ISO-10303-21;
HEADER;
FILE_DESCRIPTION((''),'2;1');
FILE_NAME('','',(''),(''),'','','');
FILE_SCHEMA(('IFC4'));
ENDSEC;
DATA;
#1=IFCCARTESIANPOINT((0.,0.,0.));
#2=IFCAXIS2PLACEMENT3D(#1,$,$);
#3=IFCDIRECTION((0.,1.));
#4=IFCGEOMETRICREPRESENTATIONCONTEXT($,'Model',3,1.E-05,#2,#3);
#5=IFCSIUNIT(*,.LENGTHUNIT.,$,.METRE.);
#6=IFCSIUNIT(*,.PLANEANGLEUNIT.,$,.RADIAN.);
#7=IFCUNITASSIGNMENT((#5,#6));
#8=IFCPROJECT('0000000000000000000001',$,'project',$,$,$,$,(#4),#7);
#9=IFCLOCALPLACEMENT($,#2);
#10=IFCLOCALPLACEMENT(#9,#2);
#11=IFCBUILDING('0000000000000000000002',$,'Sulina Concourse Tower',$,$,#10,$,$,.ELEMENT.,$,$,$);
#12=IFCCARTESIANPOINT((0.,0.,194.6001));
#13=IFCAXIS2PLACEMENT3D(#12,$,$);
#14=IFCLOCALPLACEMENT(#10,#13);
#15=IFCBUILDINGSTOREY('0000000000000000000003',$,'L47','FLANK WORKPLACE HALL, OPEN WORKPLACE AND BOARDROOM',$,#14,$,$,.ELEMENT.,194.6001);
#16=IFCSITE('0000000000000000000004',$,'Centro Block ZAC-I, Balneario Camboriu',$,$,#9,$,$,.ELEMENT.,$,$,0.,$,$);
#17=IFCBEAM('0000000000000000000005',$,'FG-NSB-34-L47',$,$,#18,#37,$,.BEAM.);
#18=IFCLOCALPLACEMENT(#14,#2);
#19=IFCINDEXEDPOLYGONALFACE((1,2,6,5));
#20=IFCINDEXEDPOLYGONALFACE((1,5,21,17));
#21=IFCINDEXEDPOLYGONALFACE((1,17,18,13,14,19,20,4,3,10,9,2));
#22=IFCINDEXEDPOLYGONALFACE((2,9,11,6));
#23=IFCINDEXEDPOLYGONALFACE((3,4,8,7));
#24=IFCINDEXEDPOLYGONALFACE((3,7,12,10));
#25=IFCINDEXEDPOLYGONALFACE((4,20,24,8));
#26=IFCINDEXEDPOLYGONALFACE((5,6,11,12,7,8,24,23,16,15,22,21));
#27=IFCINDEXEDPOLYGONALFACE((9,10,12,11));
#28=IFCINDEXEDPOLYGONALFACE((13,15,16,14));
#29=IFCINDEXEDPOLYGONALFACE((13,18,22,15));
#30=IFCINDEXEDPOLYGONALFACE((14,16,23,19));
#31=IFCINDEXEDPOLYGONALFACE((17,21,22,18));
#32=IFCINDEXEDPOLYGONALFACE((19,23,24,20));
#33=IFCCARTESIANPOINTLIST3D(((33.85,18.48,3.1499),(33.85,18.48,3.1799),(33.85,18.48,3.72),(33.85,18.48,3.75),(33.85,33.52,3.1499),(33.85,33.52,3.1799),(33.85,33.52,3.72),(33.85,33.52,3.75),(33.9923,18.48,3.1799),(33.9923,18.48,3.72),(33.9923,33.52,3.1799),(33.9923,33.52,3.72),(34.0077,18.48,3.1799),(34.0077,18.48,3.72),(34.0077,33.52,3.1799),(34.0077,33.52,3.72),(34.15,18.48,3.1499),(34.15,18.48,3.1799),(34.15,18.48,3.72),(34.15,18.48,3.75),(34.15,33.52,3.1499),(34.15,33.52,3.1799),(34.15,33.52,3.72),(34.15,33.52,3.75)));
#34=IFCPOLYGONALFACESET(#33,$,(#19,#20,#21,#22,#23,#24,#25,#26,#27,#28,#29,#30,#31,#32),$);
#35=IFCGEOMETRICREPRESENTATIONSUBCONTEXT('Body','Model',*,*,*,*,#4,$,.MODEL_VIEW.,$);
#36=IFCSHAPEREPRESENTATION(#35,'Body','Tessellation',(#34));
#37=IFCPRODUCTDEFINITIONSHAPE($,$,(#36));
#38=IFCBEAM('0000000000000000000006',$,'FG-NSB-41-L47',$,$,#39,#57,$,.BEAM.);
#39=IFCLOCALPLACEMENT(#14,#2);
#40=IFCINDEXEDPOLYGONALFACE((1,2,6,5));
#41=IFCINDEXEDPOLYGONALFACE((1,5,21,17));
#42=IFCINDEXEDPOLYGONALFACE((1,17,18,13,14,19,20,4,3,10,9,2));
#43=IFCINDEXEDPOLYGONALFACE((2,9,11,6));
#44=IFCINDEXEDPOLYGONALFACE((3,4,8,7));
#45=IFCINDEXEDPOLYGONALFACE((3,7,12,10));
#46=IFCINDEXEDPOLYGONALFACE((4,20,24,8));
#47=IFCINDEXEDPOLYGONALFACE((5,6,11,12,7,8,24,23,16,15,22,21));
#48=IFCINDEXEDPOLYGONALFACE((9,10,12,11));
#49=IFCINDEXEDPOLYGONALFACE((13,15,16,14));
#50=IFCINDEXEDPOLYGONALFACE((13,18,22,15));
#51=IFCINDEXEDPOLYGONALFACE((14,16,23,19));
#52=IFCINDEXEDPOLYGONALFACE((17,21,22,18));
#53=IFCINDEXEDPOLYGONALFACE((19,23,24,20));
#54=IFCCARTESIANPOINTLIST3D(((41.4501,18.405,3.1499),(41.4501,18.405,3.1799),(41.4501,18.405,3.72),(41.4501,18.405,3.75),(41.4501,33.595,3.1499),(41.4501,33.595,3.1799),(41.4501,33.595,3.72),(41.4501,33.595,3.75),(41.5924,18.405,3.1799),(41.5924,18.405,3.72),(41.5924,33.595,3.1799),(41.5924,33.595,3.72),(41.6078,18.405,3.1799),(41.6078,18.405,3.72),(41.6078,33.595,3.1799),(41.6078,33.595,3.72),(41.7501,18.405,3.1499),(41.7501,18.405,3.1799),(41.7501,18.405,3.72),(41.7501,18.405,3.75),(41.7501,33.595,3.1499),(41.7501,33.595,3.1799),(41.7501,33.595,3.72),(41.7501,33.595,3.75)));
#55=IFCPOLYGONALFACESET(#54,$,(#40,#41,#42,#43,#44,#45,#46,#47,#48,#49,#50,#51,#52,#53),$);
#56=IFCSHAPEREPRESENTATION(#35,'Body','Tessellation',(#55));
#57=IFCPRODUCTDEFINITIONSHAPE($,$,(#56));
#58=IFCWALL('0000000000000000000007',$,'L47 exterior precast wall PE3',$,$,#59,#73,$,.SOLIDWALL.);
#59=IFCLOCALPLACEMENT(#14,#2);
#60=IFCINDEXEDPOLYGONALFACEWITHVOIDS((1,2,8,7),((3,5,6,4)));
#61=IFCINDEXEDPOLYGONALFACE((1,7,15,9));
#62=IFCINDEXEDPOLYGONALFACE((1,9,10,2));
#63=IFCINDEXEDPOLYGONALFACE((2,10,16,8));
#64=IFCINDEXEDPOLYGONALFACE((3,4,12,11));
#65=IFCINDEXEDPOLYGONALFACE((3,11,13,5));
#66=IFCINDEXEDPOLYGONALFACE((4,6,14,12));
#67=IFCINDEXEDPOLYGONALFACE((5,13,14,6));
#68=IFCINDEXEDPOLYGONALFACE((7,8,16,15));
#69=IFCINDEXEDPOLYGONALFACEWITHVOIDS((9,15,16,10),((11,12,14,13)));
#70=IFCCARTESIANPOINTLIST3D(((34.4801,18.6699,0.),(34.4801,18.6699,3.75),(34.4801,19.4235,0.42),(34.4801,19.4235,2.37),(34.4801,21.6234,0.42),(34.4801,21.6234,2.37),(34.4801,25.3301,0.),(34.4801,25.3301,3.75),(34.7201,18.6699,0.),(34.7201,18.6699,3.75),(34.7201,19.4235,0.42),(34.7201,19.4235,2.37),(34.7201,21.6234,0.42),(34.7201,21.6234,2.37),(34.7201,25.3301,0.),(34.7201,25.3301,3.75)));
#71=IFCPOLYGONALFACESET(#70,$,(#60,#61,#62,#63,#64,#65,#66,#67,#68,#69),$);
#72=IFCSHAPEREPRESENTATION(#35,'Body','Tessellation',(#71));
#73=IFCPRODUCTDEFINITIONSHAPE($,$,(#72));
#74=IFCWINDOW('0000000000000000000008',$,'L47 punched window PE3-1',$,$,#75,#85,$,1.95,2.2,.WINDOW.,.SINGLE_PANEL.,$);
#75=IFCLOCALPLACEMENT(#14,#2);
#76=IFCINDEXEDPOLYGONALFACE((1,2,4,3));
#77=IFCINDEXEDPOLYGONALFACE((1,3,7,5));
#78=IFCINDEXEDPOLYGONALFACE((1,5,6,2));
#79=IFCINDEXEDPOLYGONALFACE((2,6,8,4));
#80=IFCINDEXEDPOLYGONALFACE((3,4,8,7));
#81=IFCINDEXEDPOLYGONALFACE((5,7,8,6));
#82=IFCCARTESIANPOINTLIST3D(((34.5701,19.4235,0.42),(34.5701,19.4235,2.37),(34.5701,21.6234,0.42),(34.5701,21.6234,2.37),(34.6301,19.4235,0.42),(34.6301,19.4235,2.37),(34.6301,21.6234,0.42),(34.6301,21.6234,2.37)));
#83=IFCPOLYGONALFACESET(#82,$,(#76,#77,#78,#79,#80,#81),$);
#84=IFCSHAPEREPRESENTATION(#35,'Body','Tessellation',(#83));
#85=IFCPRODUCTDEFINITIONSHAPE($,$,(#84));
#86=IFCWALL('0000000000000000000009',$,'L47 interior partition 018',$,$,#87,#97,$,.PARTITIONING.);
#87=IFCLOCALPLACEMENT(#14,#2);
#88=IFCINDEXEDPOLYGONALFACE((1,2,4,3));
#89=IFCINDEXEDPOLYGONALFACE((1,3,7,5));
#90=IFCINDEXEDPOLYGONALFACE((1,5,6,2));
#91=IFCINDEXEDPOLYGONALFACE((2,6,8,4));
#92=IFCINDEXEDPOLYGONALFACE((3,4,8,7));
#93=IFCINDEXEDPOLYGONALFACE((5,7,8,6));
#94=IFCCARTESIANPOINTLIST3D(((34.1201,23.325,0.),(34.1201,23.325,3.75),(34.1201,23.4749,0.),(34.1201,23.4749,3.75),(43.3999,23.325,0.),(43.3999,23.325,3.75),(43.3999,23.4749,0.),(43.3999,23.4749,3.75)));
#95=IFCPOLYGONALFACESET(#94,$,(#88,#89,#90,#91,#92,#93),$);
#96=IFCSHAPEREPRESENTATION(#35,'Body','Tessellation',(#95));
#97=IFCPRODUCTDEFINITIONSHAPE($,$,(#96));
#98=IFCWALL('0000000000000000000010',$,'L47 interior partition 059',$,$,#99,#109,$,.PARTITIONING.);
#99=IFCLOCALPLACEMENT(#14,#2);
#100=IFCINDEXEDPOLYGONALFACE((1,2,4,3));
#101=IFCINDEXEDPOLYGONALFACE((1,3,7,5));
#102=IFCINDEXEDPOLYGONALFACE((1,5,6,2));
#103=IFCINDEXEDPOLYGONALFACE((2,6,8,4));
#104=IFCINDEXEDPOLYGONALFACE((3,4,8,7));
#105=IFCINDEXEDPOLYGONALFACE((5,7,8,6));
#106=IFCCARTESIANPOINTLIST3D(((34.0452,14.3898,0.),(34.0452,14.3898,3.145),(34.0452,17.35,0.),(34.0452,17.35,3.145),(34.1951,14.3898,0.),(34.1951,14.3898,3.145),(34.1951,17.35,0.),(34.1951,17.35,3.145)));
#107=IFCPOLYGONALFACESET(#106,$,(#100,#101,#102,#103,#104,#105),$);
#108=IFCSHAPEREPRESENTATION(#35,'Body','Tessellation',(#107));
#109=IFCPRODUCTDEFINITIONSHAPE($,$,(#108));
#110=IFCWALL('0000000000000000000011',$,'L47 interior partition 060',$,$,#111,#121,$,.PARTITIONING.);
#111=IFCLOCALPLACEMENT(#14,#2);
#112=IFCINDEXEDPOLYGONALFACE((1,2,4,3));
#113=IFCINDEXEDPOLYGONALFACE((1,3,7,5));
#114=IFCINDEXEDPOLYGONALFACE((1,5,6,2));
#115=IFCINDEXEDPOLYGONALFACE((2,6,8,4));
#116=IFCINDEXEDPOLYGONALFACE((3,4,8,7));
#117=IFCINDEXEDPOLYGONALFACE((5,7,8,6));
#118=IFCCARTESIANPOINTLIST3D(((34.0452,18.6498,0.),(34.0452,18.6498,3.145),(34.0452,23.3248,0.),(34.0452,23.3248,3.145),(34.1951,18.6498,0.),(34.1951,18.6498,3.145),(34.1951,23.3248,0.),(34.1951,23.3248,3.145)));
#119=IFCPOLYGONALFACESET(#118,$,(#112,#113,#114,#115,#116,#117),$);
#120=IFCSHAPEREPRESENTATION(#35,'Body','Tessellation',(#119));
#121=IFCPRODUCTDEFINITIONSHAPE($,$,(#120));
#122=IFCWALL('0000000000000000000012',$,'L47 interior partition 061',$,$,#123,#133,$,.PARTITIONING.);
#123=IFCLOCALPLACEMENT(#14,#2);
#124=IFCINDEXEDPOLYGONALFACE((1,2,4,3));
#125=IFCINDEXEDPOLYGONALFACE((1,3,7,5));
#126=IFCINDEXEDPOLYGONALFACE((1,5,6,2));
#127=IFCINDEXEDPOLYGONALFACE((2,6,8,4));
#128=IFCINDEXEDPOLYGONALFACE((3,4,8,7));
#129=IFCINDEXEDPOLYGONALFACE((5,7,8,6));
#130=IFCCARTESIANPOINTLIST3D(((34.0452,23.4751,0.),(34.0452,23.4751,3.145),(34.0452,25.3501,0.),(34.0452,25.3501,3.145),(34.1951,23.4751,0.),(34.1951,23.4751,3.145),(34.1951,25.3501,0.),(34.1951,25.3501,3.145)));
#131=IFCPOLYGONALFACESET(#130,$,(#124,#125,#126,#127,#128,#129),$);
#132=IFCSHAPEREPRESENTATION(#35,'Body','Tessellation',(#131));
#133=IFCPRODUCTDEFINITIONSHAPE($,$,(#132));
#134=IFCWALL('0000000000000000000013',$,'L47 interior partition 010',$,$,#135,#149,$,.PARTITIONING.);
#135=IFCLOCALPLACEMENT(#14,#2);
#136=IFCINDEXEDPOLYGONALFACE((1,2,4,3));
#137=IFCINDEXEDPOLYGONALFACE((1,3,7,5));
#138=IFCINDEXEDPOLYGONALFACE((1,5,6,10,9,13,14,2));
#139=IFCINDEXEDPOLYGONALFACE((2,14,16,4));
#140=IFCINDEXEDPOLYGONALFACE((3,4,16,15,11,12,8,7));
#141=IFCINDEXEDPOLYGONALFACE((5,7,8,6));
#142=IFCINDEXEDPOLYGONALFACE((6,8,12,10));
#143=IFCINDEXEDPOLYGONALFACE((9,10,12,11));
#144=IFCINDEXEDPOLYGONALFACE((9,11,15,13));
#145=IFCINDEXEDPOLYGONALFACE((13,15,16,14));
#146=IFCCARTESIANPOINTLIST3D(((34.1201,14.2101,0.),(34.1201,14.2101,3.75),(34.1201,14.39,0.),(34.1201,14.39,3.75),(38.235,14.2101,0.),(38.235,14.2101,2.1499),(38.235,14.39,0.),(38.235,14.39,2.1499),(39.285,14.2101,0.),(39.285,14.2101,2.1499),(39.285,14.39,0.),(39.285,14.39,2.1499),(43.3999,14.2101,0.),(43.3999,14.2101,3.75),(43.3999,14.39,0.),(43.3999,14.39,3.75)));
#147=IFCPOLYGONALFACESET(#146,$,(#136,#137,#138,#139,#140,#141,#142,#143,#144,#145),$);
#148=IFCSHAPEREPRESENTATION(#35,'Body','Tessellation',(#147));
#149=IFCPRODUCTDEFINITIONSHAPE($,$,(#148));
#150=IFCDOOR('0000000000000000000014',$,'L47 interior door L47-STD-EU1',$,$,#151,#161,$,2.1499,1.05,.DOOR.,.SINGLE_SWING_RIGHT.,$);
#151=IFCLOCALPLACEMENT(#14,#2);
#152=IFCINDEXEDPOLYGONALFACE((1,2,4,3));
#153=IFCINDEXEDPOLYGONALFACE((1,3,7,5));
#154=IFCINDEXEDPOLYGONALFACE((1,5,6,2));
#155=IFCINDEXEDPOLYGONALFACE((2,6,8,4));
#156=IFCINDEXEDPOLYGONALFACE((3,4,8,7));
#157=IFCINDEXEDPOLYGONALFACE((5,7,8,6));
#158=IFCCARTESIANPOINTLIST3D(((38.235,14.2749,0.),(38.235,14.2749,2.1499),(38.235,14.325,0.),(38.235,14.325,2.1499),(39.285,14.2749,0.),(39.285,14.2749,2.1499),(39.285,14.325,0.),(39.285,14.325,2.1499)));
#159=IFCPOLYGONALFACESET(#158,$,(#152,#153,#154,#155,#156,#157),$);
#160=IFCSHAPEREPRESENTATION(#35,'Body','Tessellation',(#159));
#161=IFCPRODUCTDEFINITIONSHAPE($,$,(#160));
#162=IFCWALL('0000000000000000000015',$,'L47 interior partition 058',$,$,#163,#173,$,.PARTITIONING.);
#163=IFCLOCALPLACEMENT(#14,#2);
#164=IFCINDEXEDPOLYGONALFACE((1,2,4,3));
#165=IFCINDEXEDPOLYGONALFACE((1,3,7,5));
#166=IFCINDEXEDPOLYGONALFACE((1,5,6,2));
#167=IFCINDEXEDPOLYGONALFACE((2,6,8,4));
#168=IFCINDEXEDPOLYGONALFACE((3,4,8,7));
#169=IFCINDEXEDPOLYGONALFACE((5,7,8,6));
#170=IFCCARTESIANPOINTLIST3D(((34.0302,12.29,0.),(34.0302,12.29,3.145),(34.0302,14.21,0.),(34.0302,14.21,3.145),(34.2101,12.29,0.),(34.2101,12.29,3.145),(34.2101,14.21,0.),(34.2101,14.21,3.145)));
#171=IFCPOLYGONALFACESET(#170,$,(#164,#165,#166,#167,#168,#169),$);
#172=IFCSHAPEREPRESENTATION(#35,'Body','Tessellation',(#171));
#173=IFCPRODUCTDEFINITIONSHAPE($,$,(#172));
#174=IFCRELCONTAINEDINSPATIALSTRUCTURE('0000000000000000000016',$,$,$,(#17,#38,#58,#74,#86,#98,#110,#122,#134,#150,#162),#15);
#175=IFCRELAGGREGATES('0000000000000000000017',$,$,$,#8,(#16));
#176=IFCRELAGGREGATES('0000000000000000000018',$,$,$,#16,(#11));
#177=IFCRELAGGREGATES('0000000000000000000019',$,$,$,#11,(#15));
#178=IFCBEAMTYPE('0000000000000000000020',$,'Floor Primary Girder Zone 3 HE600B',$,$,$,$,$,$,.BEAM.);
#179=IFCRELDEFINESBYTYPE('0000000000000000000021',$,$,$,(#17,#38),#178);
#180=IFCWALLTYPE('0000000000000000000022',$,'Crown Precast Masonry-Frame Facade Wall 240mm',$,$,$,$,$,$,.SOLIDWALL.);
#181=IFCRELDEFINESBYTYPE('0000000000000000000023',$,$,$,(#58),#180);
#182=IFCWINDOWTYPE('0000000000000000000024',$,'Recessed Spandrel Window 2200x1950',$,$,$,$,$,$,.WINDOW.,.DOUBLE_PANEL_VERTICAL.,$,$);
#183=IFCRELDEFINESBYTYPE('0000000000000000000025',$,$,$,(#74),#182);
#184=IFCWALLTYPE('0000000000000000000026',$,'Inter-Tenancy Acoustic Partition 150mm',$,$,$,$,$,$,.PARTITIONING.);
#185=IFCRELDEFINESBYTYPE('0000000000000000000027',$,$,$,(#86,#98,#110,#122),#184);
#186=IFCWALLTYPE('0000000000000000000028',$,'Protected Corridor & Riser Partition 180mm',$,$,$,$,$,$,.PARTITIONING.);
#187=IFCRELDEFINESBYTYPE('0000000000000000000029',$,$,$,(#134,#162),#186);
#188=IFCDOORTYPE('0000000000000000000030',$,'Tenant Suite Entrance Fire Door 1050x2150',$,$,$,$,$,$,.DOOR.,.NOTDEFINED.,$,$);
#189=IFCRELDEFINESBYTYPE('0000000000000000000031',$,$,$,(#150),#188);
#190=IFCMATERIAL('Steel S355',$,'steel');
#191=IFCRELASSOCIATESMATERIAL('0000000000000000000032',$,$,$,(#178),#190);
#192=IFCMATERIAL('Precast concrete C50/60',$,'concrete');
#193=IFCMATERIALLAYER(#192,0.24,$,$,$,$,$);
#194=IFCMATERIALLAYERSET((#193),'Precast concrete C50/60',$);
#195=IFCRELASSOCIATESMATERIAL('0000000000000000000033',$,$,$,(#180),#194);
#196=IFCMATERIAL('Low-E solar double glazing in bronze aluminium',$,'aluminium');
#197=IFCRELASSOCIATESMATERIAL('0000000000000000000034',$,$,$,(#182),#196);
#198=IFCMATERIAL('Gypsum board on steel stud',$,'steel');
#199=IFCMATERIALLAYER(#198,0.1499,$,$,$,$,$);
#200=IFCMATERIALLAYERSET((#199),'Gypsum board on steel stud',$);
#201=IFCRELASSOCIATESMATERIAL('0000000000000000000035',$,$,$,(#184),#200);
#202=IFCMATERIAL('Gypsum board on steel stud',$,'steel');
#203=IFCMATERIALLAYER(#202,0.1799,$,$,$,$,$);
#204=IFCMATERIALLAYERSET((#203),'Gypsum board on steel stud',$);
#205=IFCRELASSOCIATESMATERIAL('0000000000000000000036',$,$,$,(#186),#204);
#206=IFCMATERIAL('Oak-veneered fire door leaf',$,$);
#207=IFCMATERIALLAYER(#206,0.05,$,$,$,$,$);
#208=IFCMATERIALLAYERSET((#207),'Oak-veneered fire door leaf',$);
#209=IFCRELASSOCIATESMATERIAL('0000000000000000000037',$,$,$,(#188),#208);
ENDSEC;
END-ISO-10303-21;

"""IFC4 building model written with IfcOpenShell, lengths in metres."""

from ifc_helpers import new_model, si_unit, direction, frame, frame_2d, origin, origin_2d, place, context, subcontext, project, spatial, rectangle, i_section, extrude, material, layer, layer_set, material_profile, profile_set, type_object, element, fill, save


model = new_model("IFC4")

# Units and contexts
model_context = context("Model", 3, precision=1e-05, world=origin(), true_north=direction((0.0, 1.0)))
body_context = subcontext(model_context, "Body", "Model", "MODEL_VIEW")
ifc_project = project(units=[si_unit("LENGTHUNIT", "METRE"), si_unit("PLANEANGLEUNIT", "RADIAN")], contexts=[model_context])

# Site, building, storey
site_placement = place(None, origin())
site = spatial("IfcSite", under=ifc_project, at=site_placement, Name="Centro Block ZAC-I, Balneario Camboriu", CompositionType="ELEMENT", RefElevation=0.0)
building_placement = place(site_placement, origin())
building = spatial("IfcBuilding", under=site, at=building_placement, Name="Sulina Concourse Tower", CompositionType="ELEMENT")
storey_placement = place(building_placement, frame((0.0, 0.0, 194.6001)))
storey = spatial("IfcBuildingStorey", under=building, at=storey_placement, Name="L47", Description="FLANK WORKPLACE HALL, OPEN WORKPLACE AND BOARDROOM", CompositionType="ELEMENT", Elevation=194.6001)

# Beams
ifc_material_1 = material(Name="Steel S355", Category="steel")
ifc_material_profile_1 = material_profile(ifc_material_1, i_section(OverallWidth=0.3, OverallDepth=0.6001, WebThickness=0.0154, FlangeThickness=0.03, at=origin_2d()), Name="HE 600 B")
ifc_profile_set_1 = profile_set([ifc_material_profile_1], Name="Steel S355")
beam_type_1 = type_object("IfcBeamType", Name="Floor Primary Girder Zone 3 HE600B", PredefinedType="BEAM", material=ifc_profile_set_1)
for number, where, z_axis, x_axis, name in (
    (1, (34.0, 18.48, 3.45), (0.0, 1.0, 0.0), (-1.0, 0.0, 0.0), "FG-NSB-34-L47"),
):
    element("IfcBeam", number, at=place(storey_placement, frame(where, z_axis=z_axis, x_axis=x_axis)), inside=storey, type_object=beam_type_1, Name=name, PredefinedType="BEAM", context=body_context, shape_type="SweptSolid", body=[
        extrude(i_section(OverallWidth=0.3, OverallDepth=0.6001, WebThickness=0.0154, FlangeThickness=0.03, at=origin_2d()), origin(), (0.0, 0.0, 1.0), 15.04),
    ])
beam_1_placement = place(storey_placement, frame((41.6001, 18.405, 3.45), z_axis=(0.0, 1.0, 0.0), x_axis=(-1.0, 0.0, 0.0)))
element("IfcBeam", 2, at=beam_1_placement, inside=storey, type_object=beam_type_1, Name="FG-NSB-41-L47", PredefinedType="BEAM", context=body_context, shape_type="SweptSolid", body=[
    extrude(i_section(OverallWidth=0.3, OverallDepth=0.6001, WebThickness=0.0154, FlangeThickness=0.03, at=origin_2d()), origin(), (0.0, 0.0, 1.0), 15.1899),
])

# Wall, opening, window
ifc_material_2 = material(Name="Precast concrete C50/60", Category="concrete")
ifc_layer_1 = layer(ifc_material_2, 0.24)
ifc_layer_set_1 = layer_set([ifc_layer_1], Name="Precast concrete C50/60")
wall_type_1 = type_object("IfcWallType", Name="Crown Precast Masonry-Frame Facade Wall 240mm", PredefinedType="SOLIDWALL", material=ifc_layer_set_1)
wall_1_placement = place(storey_placement, frame((34.6001, 18.6699, 0.0), z_axis=(0.0, 0.0, 1.0), x_axis=(0.0, 1.0, 0.0)))
wall_1 = element("IfcWall", 3, at=wall_1_placement, inside=storey, type_object=wall_type_1, Name="L47 exterior precast wall PE3", PredefinedType="SOLIDWALL", context=body_context, shape_type="SweptSolid", body=[
    extrude(rectangle(XDim=6.6602, YDim=0.24, at=frame_2d((3.3301, 0.0))), origin(), (0.0, 0.0, 1.0), 3.75),
])
opening_1_placement = place(wall_1_placement, frame((0.7534, 0.0, 0.4199)))
opening_1 = element("IfcOpeningElement", 4, at=opening_1_placement, cuts=wall_1, PredefinedType="OPENING", context=body_context, shape_type="SweptSolid", body=[
    extrude(rectangle(XDim=2.2, YDim=1.95, at=frame_2d((1.1001, 0.9751))), frame((0.0, 0.1299, 0.0), z_axis=(0.0, -1.0, 0.0), x_axis=(1.0, 0.0, 0.0)), (0.0, 0.0, 1.0), 0.26),
])
ifc_material_3 = material(Name="Low-E solar double glazing in bronze aluminium", Category="aluminium")
window_type = type_object("IfcWindowType", Name="Recessed Spandrel Window 2200x1950", PartitioningType="DOUBLE_PANEL_VERTICAL", PredefinedType="WINDOW", material=ifc_material_3)
window_placement = place(opening_1_placement, origin())
window = element("IfcWindow", 5, at=window_placement, inside=storey, type_object=window_type, Name="L47 punched window PE3-1", OverallHeight=1.95, OverallWidth=2.2, PartitioningType="SINGLE_PANEL", PredefinedType="WINDOW", context=body_context, shape_type="SweptSolid", body=[
    extrude(rectangle(XDim=2.2, YDim=1.95, at=frame_2d((1.1001, 0.9751))), frame((0.0, 0.03, 0.0), z_axis=(0.0, -1.0, 0.0), x_axis=(1.0, 0.0, 0.0)), (0.0, 0.0, 1.0), 0.0601),
])
fill(opening_1, window)

# Walls
ifc_material_4 = material(Name="Gypsum board on steel stud", Category="steel")
ifc_layer_2 = layer(ifc_material_4, 0.1499)
ifc_layer_set_2 = layer_set([ifc_layer_2], Name="Gypsum board on steel stud")
wall_type_2 = type_object("IfcWallType", Name="Inter-Tenancy Acoustic Partition 150mm", PredefinedType="PARTITIONING", material=ifc_layer_set_2)
wall_2_placement = place(storey_placement, frame((34.1201, 23.3999, 0.0), z_axis=(0.0, 0.0, 1.0), x_axis=(1.0, 0.0, 0.0)))
element("IfcWall", 6, at=wall_2_placement, inside=storey, type_object=wall_type_2, Name="L47 interior partition 018", PredefinedType="PARTITIONING", context=body_context, shape_type="SweptSolid", body=[
    extrude(rectangle(XDim=9.2798, YDim=0.1499, at=frame_2d((4.6399, 0.0))), origin(), (0.0, 0.0, 1.0), 3.75),
])
wall_3_placement = place(storey_placement, frame((34.1201, 14.3899, 0.0), z_axis=(0.0, 0.0, 1.0), x_axis=(0.0, 1.0, 0.0)))
element("IfcWall", 7, at=wall_3_placement, inside=storey, type_object=wall_type_2, Name="L47 interior partition 059", PredefinedType="PARTITIONING", context=body_context, shape_type="SweptSolid", body=[
    extrude(rectangle(XDim=2.9602, YDim=0.1499, at=frame_2d((1.48, 0.0))), origin(), (0.0, 0.0, 1.0), 3.145),
])
wall_4_placement = place(storey_placement, frame((34.1201, 18.6499, 0.0), z_axis=(0.0, 0.0, 1.0), x_axis=(0.0, 1.0, 0.0)))
element("IfcWall", 8, at=wall_4_placement, inside=storey, type_object=wall_type_2, Name="L47 interior partition 060", PredefinedType="PARTITIONING", context=body_context, shape_type="SweptSolid", body=[
    extrude(rectangle(XDim=4.675, YDim=0.1499, at=frame_2d((2.3374, 0.0))), origin(), (0.0, 0.0, 1.0), 3.145),
])
wall_5_placement = place(storey_placement, frame((34.1201, 23.4751, 0.0), z_axis=(0.0, 0.0, 1.0), x_axis=(0.0, 1.0, 0.0)))
element("IfcWall", 9, at=wall_5_placement, inside=storey, type_object=wall_type_2, Name="L47 interior partition 061", PredefinedType="PARTITIONING", context=body_context, shape_type="SweptSolid", body=[
    extrude(rectangle(XDim=1.875, YDim=0.1499, at=frame_2d((0.9375, 0.0))), origin(), (0.0, 0.0, 1.0), 3.145),
])

# Wall, opening, door
ifc_material_5 = material(Name="Gypsum board on steel stud", Category="steel")
ifc_layer_3 = layer(ifc_material_5, 0.1799)
ifc_layer_set_3 = layer_set([ifc_layer_3], Name="Gypsum board on steel stud")
wall_type_3 = type_object("IfcWallType", Name="Protected Corridor & Riser Partition 180mm", PredefinedType="PARTITIONING", material=ifc_layer_set_3)
wall_6_placement = place(storey_placement, frame((34.1201, 14.3, 0.0), z_axis=(0.0, 0.0, 1.0), x_axis=(1.0, 0.0, 0.0)))
wall_6 = element("IfcWall", 10, at=wall_6_placement, inside=storey, type_object=wall_type_3, Name="L47 interior partition 010", PredefinedType="PARTITIONING", context=body_context, shape_type="SweptSolid", body=[
    extrude(rectangle(XDim=9.2798, YDim=0.1799, at=frame_2d((4.6399, 0.0))), origin(), (0.0, 0.0, 1.0), 3.75),
])
opening_2_placement = place(wall_6_placement, frame((4.115, 0.0, 0.0)))
opening_2 = element("IfcOpeningElement", 11, at=opening_2_placement, cuts=wall_6, PredefinedType="OPENING", context=body_context, shape_type="SweptSolid", body=[
    extrude(rectangle(XDim=1.05, YDim=2.1499, at=frame_2d((0.5249, 1.075))), frame((0.0, 0.0999, 0.0), z_axis=(0.0, -1.0, 0.0), x_axis=(1.0, 0.0, 0.0)), (0.0, 0.0, 1.0), 0.2),
])
ifc_material_6 = material(Name="Oak-veneered fire door leaf")
ifc_layer_4 = layer(ifc_material_6, 0.05)
ifc_layer_set_4 = layer_set([ifc_layer_4], Name="Oak-veneered fire door leaf")
door_type = type_object("IfcDoorType", Name="Tenant Suite Entrance Fire Door 1050x2150", OperationType="NOTDEFINED", PredefinedType="DOOR", material=ifc_layer_set_4)
door_placement = place(opening_2_placement, origin())
door = element("IfcDoor", 12, at=door_placement, inside=storey, type_object=door_type, Name="L47 interior door L47-STD-EU1", OperationType="SINGLE_SWING_RIGHT", OverallHeight=2.1499, OverallWidth=1.05, PredefinedType="DOOR", context=body_context, shape_type="SweptSolid", body=[
    extrude(rectangle(XDim=1.05, YDim=2.1499, at=frame_2d((0.5249, 1.075))), frame((0.0, 0.0249, 0.0), z_axis=(0.0, -1.0, 0.0), x_axis=(1.0, 0.0, 0.0)), (0.0, 0.0, 1.0), 0.05),
])
fill(opening_2, door)

# Wall
wall_7_placement = place(storey_placement, frame((34.1201, 12.29, 0.0), z_axis=(0.0, 0.0, 1.0), x_axis=(0.0, 1.0, 0.0)))
element("IfcWall", 13, at=wall_7_placement, inside=storey, type_object=wall_type_3, Name="L47 interior partition 058", PredefinedType="PARTITIONING", context=body_context, shape_type="SweptSolid", body=[
    extrude(rectangle(XDim=1.9199, YDim=0.1799, at=frame_2d((0.96, 0.0))), origin(), (0.0, 0.0, 1.0), 3.145),
])

save(model, "model.ifc")
